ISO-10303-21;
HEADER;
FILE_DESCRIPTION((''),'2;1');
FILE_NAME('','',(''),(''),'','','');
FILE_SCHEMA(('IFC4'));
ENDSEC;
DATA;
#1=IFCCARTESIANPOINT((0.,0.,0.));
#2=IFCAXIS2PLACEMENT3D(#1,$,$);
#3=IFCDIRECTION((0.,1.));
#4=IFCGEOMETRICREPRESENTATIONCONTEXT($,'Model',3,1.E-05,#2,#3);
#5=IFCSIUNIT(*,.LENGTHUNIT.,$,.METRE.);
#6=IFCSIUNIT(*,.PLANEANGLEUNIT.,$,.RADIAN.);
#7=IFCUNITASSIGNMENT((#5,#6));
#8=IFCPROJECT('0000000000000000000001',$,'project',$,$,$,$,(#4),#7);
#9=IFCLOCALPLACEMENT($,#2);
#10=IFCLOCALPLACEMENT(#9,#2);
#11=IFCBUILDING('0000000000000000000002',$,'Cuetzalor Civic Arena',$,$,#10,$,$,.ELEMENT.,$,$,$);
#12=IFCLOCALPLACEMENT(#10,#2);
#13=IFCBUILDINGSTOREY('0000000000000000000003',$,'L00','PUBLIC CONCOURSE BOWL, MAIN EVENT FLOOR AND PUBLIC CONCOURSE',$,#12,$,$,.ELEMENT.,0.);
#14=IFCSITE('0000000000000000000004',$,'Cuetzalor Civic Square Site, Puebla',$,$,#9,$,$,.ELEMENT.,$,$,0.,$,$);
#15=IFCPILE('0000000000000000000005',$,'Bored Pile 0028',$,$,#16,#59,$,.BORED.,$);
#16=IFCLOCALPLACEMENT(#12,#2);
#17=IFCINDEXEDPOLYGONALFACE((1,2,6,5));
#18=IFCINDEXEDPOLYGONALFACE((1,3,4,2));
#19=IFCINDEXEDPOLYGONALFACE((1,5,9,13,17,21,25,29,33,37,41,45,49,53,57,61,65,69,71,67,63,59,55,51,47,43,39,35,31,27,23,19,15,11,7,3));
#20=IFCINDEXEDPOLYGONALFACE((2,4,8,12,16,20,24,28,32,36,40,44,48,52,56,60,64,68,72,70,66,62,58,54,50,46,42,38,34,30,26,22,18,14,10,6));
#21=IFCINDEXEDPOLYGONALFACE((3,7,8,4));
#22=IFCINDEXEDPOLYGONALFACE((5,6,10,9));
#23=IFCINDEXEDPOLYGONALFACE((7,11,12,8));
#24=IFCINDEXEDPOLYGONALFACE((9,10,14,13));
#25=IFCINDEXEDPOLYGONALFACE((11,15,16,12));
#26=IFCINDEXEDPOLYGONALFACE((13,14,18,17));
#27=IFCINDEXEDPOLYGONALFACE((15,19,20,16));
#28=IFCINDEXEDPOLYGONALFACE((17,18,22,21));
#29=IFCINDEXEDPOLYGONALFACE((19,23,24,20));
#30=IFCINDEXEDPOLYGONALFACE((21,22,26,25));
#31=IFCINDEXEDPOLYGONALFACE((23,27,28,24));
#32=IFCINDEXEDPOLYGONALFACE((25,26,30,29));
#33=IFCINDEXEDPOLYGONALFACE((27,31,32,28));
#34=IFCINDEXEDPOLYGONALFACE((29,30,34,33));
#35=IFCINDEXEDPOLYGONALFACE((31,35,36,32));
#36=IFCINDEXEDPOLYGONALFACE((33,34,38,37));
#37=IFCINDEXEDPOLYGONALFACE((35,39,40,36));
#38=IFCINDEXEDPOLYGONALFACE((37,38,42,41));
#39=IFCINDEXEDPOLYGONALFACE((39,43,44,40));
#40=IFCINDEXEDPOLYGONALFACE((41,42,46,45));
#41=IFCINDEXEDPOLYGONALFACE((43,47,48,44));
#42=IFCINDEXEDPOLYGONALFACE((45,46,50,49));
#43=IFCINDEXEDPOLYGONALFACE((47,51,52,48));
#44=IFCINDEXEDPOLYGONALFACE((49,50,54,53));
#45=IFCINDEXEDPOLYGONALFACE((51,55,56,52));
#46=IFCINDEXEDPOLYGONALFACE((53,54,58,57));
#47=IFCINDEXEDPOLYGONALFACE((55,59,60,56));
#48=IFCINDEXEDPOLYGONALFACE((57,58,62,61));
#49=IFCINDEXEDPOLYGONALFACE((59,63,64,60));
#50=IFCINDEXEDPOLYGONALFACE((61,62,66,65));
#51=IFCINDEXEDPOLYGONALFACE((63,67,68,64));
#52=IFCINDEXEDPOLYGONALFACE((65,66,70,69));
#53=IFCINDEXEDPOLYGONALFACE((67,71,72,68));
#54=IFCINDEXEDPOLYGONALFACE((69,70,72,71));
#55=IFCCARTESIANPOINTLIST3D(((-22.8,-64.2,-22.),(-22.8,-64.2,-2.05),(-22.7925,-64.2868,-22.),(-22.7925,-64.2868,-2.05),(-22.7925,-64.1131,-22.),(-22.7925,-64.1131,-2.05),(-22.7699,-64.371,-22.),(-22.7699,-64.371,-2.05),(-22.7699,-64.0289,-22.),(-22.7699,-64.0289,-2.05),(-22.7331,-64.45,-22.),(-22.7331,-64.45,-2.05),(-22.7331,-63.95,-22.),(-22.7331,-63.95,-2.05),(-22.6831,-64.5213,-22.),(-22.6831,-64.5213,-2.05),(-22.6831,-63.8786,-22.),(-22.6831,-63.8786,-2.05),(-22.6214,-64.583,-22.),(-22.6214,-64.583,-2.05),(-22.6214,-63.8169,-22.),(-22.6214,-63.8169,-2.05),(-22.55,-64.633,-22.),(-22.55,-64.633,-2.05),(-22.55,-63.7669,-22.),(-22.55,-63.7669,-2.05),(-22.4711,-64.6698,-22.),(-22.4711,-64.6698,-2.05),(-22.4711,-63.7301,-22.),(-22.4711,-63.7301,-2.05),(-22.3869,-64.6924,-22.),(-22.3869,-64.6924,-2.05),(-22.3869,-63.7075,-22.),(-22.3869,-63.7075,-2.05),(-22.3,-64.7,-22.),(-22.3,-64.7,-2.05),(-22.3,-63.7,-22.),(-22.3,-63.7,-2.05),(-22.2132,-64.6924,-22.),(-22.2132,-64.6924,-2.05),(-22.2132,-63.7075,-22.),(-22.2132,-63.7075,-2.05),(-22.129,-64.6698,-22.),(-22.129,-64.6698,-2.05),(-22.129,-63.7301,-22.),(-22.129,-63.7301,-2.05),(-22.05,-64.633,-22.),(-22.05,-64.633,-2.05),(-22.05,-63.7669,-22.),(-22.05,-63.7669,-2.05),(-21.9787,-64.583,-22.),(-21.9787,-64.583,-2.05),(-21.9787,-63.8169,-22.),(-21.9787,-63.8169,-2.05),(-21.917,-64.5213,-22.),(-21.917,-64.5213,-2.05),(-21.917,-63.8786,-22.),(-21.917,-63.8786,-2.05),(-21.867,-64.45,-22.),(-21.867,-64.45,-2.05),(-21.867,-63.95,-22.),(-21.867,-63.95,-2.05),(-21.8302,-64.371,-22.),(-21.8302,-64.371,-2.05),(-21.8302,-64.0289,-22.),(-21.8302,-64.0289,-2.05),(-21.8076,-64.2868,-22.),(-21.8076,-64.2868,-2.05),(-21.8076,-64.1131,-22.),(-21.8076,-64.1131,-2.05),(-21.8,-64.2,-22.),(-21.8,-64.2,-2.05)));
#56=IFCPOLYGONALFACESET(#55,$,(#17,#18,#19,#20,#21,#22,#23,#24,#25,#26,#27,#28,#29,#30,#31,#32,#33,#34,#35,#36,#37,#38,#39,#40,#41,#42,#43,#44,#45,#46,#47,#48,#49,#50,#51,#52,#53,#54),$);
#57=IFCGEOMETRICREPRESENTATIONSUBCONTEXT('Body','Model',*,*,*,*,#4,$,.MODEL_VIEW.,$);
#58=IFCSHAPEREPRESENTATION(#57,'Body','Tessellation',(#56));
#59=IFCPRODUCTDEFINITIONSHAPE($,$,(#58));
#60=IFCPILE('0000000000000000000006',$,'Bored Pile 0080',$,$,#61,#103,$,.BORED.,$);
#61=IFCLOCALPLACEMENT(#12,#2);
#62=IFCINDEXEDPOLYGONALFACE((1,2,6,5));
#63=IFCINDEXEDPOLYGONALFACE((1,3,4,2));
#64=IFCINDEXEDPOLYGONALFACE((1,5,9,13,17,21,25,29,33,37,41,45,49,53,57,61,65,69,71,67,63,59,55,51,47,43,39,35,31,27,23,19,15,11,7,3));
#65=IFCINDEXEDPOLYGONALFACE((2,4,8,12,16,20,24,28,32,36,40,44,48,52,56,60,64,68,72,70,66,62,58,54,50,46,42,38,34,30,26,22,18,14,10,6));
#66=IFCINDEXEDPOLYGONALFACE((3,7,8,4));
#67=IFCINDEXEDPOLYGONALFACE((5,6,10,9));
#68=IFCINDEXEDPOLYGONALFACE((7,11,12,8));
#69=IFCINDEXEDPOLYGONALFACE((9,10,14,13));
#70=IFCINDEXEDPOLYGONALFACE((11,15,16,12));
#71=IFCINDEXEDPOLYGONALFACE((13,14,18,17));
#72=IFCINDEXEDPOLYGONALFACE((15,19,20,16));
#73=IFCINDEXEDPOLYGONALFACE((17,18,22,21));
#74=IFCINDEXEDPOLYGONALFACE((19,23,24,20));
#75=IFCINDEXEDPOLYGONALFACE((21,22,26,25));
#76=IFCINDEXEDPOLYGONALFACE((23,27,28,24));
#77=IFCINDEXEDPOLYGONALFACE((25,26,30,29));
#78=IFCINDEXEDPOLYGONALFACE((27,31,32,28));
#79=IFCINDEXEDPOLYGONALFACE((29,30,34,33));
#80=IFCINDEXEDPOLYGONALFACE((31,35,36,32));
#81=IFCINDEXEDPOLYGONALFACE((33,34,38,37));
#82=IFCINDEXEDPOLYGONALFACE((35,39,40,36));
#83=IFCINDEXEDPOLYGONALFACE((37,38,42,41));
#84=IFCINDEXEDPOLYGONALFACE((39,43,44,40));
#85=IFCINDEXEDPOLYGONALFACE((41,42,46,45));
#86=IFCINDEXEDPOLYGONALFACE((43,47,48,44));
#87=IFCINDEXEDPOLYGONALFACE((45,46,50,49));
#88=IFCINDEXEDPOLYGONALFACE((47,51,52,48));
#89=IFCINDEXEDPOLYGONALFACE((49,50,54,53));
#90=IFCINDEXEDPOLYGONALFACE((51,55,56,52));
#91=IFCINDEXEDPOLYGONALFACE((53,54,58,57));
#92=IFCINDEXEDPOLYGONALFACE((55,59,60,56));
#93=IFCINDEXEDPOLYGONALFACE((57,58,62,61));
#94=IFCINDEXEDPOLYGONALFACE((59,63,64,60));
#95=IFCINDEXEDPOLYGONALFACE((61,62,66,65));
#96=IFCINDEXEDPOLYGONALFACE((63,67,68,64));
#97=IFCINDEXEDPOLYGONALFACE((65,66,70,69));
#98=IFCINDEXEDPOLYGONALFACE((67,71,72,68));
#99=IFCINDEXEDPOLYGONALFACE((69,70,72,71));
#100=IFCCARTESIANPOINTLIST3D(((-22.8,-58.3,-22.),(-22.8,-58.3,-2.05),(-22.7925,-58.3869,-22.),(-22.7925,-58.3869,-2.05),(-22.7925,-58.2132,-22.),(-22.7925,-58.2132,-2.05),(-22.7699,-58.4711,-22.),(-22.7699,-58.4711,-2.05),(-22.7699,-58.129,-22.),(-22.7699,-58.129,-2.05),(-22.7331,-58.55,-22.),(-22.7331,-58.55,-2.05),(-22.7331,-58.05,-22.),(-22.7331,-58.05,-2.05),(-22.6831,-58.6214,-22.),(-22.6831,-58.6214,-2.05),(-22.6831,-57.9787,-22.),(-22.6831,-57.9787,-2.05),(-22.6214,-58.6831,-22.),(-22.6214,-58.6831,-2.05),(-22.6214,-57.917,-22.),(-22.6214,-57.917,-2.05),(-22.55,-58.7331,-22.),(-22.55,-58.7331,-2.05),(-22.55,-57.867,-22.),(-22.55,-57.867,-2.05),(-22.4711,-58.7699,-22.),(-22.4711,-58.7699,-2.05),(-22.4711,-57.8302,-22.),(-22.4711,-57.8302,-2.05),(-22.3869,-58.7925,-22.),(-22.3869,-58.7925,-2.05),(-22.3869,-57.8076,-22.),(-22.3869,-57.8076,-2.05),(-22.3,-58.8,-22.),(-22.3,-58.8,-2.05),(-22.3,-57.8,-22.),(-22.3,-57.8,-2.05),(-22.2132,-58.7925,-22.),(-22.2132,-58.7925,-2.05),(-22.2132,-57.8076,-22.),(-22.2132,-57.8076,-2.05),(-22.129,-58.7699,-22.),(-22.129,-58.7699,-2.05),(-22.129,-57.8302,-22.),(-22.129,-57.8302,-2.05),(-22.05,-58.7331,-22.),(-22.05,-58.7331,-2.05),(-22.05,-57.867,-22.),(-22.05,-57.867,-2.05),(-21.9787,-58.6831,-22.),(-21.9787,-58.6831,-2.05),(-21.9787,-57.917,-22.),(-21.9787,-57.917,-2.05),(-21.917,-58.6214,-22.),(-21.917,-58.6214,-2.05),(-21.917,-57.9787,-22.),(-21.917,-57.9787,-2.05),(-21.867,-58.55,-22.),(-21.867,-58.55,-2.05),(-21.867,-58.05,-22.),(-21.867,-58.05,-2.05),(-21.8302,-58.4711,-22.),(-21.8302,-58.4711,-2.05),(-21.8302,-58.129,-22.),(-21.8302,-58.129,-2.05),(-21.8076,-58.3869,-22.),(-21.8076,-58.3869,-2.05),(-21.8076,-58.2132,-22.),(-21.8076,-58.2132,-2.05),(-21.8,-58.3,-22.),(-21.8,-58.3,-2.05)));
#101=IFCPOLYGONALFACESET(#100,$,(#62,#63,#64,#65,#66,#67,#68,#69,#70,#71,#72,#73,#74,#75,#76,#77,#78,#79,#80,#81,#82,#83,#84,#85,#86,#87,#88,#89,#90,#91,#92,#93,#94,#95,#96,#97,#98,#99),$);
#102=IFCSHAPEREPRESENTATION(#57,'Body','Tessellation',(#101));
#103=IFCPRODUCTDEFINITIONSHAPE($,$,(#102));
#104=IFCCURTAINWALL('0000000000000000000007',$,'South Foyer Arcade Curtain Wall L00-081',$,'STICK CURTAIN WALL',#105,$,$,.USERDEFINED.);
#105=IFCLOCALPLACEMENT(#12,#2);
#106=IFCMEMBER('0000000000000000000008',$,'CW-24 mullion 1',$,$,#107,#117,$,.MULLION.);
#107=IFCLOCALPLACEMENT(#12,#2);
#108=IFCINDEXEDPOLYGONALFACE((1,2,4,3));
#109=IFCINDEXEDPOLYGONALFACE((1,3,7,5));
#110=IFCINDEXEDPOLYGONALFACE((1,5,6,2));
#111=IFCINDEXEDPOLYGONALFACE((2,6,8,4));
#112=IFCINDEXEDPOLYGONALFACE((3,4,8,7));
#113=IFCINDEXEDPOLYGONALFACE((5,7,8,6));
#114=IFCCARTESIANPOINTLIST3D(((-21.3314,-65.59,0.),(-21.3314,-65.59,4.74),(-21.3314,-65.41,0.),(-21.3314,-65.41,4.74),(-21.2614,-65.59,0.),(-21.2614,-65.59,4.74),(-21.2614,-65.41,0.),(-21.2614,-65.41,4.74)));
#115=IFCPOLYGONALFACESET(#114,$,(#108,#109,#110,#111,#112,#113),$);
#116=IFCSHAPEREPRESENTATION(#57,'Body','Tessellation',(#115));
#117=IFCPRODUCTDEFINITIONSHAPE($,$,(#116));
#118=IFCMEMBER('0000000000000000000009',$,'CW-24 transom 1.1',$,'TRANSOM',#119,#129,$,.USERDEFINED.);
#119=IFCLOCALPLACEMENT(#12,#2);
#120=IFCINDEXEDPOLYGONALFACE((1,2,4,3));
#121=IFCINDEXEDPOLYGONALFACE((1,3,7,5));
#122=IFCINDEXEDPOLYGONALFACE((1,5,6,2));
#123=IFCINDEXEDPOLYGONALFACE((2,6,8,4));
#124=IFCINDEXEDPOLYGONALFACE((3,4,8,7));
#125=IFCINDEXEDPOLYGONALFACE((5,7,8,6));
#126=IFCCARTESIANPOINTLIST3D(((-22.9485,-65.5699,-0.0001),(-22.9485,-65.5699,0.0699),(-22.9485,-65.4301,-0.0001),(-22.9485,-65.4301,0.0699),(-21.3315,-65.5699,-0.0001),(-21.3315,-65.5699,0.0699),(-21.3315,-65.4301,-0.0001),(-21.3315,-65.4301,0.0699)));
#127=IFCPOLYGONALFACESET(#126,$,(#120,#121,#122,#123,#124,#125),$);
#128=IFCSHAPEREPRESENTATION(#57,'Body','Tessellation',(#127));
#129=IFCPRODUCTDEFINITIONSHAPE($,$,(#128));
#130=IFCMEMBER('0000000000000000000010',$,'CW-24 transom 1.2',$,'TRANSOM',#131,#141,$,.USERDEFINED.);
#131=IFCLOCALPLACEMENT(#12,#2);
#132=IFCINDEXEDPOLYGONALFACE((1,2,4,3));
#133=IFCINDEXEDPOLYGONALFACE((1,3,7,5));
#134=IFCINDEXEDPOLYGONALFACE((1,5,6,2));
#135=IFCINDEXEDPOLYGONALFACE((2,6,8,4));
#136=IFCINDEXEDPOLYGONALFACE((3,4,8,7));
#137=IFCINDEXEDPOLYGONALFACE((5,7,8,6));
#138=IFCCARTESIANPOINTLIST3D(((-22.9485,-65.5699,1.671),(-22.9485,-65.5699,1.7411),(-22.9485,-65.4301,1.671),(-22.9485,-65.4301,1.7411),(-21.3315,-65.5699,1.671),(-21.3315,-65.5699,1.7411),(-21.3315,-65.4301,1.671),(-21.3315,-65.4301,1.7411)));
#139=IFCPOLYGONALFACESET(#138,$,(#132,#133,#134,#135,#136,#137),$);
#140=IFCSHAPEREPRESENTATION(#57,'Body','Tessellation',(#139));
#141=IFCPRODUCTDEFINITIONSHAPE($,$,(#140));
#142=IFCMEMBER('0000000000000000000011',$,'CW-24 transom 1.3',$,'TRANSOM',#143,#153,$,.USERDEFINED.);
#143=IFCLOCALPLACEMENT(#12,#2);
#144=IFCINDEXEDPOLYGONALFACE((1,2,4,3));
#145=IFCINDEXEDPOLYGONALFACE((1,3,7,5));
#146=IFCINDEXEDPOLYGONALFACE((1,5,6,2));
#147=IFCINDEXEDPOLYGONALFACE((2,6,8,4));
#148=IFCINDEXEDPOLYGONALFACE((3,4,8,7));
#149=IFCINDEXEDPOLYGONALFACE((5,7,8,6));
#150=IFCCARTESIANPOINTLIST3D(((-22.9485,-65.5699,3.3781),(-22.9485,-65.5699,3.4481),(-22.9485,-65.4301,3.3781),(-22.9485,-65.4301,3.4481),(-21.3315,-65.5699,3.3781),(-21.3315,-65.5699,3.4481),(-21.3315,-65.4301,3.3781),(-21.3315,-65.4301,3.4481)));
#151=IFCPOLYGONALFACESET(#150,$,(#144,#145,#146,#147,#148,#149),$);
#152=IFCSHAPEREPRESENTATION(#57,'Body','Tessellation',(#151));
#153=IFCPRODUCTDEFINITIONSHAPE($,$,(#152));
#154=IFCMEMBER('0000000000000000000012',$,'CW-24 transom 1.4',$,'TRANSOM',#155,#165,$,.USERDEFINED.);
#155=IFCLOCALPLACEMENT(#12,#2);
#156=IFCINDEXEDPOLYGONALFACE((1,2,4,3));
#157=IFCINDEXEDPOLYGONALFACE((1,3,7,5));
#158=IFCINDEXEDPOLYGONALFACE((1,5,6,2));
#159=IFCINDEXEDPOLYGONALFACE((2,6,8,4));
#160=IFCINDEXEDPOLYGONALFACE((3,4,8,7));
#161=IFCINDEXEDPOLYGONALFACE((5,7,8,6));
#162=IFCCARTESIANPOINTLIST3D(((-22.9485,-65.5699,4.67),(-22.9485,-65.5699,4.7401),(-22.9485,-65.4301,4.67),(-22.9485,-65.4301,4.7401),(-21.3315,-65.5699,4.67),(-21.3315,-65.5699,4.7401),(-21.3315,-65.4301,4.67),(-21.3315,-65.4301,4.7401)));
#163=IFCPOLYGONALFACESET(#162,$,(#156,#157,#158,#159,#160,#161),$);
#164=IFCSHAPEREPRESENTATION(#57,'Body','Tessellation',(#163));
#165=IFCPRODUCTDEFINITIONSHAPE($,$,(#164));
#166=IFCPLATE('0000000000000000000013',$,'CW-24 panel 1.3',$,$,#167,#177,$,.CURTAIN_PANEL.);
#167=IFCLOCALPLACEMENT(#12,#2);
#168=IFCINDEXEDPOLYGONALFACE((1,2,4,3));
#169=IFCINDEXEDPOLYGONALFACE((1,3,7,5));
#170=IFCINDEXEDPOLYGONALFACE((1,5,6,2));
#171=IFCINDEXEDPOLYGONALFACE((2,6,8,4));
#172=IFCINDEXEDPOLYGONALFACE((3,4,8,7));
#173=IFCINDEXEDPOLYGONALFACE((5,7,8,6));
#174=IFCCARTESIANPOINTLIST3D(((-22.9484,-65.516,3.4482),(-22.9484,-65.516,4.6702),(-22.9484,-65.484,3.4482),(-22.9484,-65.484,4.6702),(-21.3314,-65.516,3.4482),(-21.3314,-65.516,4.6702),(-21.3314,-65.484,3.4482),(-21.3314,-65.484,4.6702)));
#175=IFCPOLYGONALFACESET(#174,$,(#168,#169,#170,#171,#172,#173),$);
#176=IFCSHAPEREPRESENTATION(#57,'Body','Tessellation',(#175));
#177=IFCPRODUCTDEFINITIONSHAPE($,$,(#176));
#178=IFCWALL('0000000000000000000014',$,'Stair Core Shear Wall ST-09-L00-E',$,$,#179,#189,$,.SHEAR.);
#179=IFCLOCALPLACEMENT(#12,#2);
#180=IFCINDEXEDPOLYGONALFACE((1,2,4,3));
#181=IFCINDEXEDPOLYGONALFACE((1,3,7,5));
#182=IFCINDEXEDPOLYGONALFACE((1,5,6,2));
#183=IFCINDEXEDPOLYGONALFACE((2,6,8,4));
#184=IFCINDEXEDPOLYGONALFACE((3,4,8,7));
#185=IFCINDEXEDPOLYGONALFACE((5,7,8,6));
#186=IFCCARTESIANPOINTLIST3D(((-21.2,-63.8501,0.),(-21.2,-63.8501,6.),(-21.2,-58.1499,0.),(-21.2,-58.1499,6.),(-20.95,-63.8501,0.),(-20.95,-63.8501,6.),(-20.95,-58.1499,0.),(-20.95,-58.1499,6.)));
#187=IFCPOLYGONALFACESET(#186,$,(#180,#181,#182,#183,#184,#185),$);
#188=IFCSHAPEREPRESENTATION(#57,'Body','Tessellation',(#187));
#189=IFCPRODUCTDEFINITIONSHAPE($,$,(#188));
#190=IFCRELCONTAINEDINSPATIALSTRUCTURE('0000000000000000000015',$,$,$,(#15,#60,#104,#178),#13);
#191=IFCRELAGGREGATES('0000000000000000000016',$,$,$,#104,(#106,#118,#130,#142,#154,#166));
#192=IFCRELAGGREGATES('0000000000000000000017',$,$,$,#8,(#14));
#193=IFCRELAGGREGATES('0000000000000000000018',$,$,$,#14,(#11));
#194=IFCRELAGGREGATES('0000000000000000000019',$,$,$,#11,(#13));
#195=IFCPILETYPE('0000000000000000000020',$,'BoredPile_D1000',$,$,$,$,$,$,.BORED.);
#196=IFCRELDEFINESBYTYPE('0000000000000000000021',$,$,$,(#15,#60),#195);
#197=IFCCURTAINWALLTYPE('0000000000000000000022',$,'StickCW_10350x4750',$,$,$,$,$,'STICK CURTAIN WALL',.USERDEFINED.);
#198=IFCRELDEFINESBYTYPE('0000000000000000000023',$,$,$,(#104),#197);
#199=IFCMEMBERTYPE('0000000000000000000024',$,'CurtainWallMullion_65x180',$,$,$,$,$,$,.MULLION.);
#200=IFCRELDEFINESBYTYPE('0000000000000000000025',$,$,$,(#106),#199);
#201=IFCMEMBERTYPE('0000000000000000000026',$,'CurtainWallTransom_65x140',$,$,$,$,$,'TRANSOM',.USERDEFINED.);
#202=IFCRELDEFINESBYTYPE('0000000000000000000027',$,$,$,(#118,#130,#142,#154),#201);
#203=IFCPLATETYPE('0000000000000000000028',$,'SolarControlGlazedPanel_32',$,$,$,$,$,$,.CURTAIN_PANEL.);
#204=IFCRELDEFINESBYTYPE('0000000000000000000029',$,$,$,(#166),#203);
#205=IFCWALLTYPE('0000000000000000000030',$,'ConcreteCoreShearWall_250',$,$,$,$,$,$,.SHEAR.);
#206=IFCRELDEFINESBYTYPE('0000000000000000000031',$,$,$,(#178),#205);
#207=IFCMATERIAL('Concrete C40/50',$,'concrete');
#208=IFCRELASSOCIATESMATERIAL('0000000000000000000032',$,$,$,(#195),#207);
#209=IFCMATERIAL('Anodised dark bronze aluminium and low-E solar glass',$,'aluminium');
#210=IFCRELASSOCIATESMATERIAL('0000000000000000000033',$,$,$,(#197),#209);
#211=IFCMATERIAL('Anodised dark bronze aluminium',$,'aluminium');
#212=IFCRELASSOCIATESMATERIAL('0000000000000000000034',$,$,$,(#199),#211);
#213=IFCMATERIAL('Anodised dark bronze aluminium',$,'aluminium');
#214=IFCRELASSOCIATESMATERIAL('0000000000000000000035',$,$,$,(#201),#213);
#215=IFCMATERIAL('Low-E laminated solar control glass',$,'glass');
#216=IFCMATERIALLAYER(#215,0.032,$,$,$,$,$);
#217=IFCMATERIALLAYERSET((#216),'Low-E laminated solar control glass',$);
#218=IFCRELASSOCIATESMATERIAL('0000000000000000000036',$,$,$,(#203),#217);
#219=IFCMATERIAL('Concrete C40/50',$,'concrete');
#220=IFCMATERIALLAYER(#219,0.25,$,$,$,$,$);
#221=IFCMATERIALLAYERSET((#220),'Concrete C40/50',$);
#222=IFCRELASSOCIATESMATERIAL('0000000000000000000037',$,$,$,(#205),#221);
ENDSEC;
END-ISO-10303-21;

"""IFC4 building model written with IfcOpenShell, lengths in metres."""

from ifc_helpers import new_model, si_unit, direction, frame, frame_2d, origin, origin_2d, place, context, subcontext, project, spatial, rectangle, circle, extrude, material, layer, layer_set, material_profile, profile_set, type_object, element, aggregate, save


model = new_model("IFC4")

# Units and contexts
model_context = context("Model", 3, precision=1e-05, world=origin(), true_north=direction((0.0, 1.0)))
body_context = subcontext(model_context, "Body", "Model", "MODEL_VIEW")
ifc_project = project(units=[si_unit("LENGTHUNIT", "METRE"), si_unit("PLANEANGLEUNIT", "RADIAN")], contexts=[model_context])

# Site, building, storey
site_placement = place(None, origin())
site = spatial("IfcSite", under=ifc_project, at=site_placement, Name="Cuetzalor Civic Square Site, Puebla", CompositionType="ELEMENT", RefElevation=0.0)
building_placement = place(site_placement, origin())
building = spatial("IfcBuilding", under=site, at=building_placement, Name="Cuetzalor Civic Arena", CompositionType="ELEMENT")
storey_placement = place(building_placement, origin())
storey = spatial("IfcBuildingStorey", under=building, at=storey_placement, Name="L00", Description="PUBLIC CONCOURSE BOWL, MAIN EVENT FLOOR AND PUBLIC CONCOURSE", CompositionType="ELEMENT", Elevation=0.0)

# Piles
ifc_material_1 = material(Name="Concrete C40/50", Category="concrete")
ifc_material_profile_1 = material_profile(ifc_material_1, circle(Radius=0.5, at=origin_2d()), Name="BORED PILE D1000")
ifc_profile_set_1 = profile_set([ifc_material_profile_1], Name="Concrete C40/50")
pile_type = type_object("IfcPileType", Name="BoredPile_D1000", PredefinedType="BORED", material=ifc_profile_set_1)
for number, where, z_axis, x_axis, name in (
    (1, (-22.3, -64.2, -2.05), (0.0, 0.0, -1.0), (1.0, 0.0, 0.0), "Bored Pile 0028"),
    (2, (-22.3, -58.3, -2.05), (0.0, 0.0, -1.0), (1.0, 0.0, 0.0), "Bored Pile 0080"),
):
    element("IfcPile", number, at=place(storey_placement, frame(where, z_axis=z_axis, x_axis=x_axis)), inside=storey, type_object=pile_type, Name=name, PredefinedType="BORED", context=body_context, shape_type="SweptSolid", body=[
        extrude(circle(Radius=0.5, at=origin_2d()), origin(), (0.0, 0.0, 1.0), 19.95),
    ])

# Curtain wall, members, plate
ifc_material_2 = material(Name="Anodised dark bronze aluminium and low-E solar glass", Category="aluminium")
curtain_wall_type = type_object("IfcCurtainWallType", Name="StickCW_10350x4750", ElementType="STICK CURTAIN WALL", PredefinedType="USERDEFINED", material=ifc_material_2)
curtain_wall_placement = place(storey_placement, origin())
curtain_wall = element("IfcCurtainWall", 3, at=curtain_wall_placement, inside=storey, type_object=curtain_wall_type, Name="South Foyer Arcade Curtain Wall L00-081", ObjectType="STICK CURTAIN WALL", PredefinedType="USERDEFINED")
ifc_material_3 = material(Name="Anodised dark bronze aluminium", Category="aluminium")
ifc_material_profile_2 = material_profile(ifc_material_3, rectangle(XDim=0.0701, YDim=0.1799, at=origin_2d()), Name="ALU MULLION 70x180")
ifc_profile_set_2 = profile_set([ifc_material_profile_2], Name="Anodised dark bronze aluminium")
member_type_1 = type_object("IfcMemberType", Name="CurtainWallMullion_65x180", PredefinedType="MULLION", material=ifc_profile_set_2)
member_1_placement = place(storey_placement, frame((-21.2964, -65.5, 0.0), z_axis=(0.0, 0.0, 1.0), x_axis=(-1.0, 0.0, 0.0)))
member_1 = element("IfcMember", 4, at=member_1_placement, type_object=member_type_1, Name="CW-24 mullion 1", PredefinedType="MULLION", context=body_context, shape_type="SweptSolid", body=[
    extrude(rectangle(XDim=0.0701, YDim=0.1799, at=origin_2d()), origin(), (0.0, 0.0, 1.0), 4.74),
])
ifc_material_4 = material(Name="Anodised dark bronze aluminium", Category="aluminium")
ifc_material_profile_3 = material_profile(ifc_material_4, rectangle(XDim=0.1399, YDim=0.0701, at=origin_2d()), Name="ALU TRANSOM 70x140")
ifc_profile_set_3 = profile_set([ifc_material_profile_3], Name="Anodised dark bronze aluminium")
member_type_2 = type_object("IfcMemberType", Name="CurtainWallTransom_65x140", ElementType="TRANSOM", PredefinedType="USERDEFINED", material=ifc_profile_set_3)
member_2_placement = place(storey_placement, frame((-21.3315, -65.5, 0.0349), z_axis=(-1.0, 0.0, 0.0), x_axis=(0.0, -1.0, 0.0)))
member_2 = element("IfcMember", 5, at=member_2_placement, type_object=member_type_2, Name="CW-24 transom 1.1", ObjectType="TRANSOM", PredefinedType="USERDEFINED", context=body_context, shape_type="SweptSolid", body=[
    extrude(rectangle(XDim=0.1399, YDim=0.0701, at=origin_2d()), origin(), (0.0, 0.0, 1.0), 1.6169),
])
member_3_placement = place(storey_placement, frame((-21.3315, -65.5, 1.7061), z_axis=(-1.0, 0.0, 0.0), x_axis=(0.0, -1.0, 0.0)))
member_3 = element("IfcMember", 6, at=member_3_placement, type_object=member_type_2, Name="CW-24 transom 1.2", ObjectType="TRANSOM", PredefinedType="USERDEFINED", context=body_context, shape_type="SweptSolid", body=[
    extrude(rectangle(XDim=0.1399, YDim=0.0701, at=origin_2d()), origin(), (0.0, 0.0, 1.0), 1.6169),
])
member_4_placement = place(storey_placement, frame((-21.3315, -65.5, 3.4131), z_axis=(-1.0, 0.0, 0.0), x_axis=(0.0, -1.0, 0.0)))
member_4 = element("IfcMember", 7, at=member_4_placement, type_object=member_type_2, Name="CW-24 transom 1.3", ObjectType="TRANSOM", PredefinedType="USERDEFINED", context=body_context, shape_type="SweptSolid", body=[
    extrude(rectangle(XDim=0.1399, YDim=0.0701, at=origin_2d()), origin(), (0.0, 0.0, 1.0), 1.6169),
])
member_5_placement = place(storey_placement, frame((-21.3315, -65.5, 4.7051), z_axis=(-1.0, 0.0, 0.0), x_axis=(0.0, -1.0, 0.0)))
member_5 = element("IfcMember", 8, at=member_5_placement, type_object=member_type_2, Name="CW-24 transom 1.4", ObjectType="TRANSOM", PredefinedType="USERDEFINED", context=body_context, shape_type="SweptSolid", body=[
    extrude(rectangle(XDim=0.1399, YDim=0.0701, at=origin_2d()), origin(), (0.0, 0.0, 1.0), 1.6169),
])
ifc_material_5 = material(Name="Low-E laminated solar control glass", Category="glass")
ifc_layer_1 = layer(ifc_material_5, 0.032)
ifc_layer_set_1 = layer_set([ifc_layer_1], Name="Low-E laminated solar control glass")
plate_type = type_object("IfcPlateType", Name="SolarControlGlazedPanel_32", PredefinedType="CURTAIN_PANEL", material=ifc_layer_set_1)
plate_placement = place(storey_placement, frame((-22.1399, -65.5, 3.4482), z_axis=(0.0, 0.0, 1.0), x_axis=(-1.0, 0.0, 0.0)))
plate = element("IfcPlate", 9, at=plate_placement, type_object=plate_type, Name="CW-24 panel 1.3", PredefinedType="CURTAIN_PANEL", context=body_context, shape_type="SweptSolid", body=[
    extrude(rectangle(XDim=1.6169, YDim=0.032, at=origin_2d()), origin(), (0.0, 0.0, 1.0), 1.2219),
])
aggregate(curtain_wall, [member_1, member_2, member_3, member_4, member_5, plate])

# Wall
ifc_material_6 = material(Name="Concrete C40/50", Category="concrete")
ifc_layer_2 = layer(ifc_material_6, 0.25)
ifc_layer_set_2 = layer_set([ifc_layer_2], Name="Concrete C40/50")
wall_type = type_object("IfcWallType", Name="ConcreteCoreShearWall_250", PredefinedType="SHEAR", material=ifc_layer_set_2)
wall_1_placement = place(storey_placement, frame((-21.075, -58.1499, 0.0), z_axis=(0.0, 0.0, 1.0), x_axis=(0.0, -1.0, 0.0)))
element("IfcWall", 10, at=wall_1_placement, inside=storey, type_object=wall_type, Name="Stair Core Shear Wall ST-09-L00-E", PredefinedType="SHEAR", context=body_context, shape_type="SweptSolid", body=[
    extrude(rectangle(XDim=5.7002, YDim=0.25, at=frame_2d((2.8501, 0.0))), origin(), (0.0, 0.0, 1.0), 6.0),
])

save(model, "model.ifc")
